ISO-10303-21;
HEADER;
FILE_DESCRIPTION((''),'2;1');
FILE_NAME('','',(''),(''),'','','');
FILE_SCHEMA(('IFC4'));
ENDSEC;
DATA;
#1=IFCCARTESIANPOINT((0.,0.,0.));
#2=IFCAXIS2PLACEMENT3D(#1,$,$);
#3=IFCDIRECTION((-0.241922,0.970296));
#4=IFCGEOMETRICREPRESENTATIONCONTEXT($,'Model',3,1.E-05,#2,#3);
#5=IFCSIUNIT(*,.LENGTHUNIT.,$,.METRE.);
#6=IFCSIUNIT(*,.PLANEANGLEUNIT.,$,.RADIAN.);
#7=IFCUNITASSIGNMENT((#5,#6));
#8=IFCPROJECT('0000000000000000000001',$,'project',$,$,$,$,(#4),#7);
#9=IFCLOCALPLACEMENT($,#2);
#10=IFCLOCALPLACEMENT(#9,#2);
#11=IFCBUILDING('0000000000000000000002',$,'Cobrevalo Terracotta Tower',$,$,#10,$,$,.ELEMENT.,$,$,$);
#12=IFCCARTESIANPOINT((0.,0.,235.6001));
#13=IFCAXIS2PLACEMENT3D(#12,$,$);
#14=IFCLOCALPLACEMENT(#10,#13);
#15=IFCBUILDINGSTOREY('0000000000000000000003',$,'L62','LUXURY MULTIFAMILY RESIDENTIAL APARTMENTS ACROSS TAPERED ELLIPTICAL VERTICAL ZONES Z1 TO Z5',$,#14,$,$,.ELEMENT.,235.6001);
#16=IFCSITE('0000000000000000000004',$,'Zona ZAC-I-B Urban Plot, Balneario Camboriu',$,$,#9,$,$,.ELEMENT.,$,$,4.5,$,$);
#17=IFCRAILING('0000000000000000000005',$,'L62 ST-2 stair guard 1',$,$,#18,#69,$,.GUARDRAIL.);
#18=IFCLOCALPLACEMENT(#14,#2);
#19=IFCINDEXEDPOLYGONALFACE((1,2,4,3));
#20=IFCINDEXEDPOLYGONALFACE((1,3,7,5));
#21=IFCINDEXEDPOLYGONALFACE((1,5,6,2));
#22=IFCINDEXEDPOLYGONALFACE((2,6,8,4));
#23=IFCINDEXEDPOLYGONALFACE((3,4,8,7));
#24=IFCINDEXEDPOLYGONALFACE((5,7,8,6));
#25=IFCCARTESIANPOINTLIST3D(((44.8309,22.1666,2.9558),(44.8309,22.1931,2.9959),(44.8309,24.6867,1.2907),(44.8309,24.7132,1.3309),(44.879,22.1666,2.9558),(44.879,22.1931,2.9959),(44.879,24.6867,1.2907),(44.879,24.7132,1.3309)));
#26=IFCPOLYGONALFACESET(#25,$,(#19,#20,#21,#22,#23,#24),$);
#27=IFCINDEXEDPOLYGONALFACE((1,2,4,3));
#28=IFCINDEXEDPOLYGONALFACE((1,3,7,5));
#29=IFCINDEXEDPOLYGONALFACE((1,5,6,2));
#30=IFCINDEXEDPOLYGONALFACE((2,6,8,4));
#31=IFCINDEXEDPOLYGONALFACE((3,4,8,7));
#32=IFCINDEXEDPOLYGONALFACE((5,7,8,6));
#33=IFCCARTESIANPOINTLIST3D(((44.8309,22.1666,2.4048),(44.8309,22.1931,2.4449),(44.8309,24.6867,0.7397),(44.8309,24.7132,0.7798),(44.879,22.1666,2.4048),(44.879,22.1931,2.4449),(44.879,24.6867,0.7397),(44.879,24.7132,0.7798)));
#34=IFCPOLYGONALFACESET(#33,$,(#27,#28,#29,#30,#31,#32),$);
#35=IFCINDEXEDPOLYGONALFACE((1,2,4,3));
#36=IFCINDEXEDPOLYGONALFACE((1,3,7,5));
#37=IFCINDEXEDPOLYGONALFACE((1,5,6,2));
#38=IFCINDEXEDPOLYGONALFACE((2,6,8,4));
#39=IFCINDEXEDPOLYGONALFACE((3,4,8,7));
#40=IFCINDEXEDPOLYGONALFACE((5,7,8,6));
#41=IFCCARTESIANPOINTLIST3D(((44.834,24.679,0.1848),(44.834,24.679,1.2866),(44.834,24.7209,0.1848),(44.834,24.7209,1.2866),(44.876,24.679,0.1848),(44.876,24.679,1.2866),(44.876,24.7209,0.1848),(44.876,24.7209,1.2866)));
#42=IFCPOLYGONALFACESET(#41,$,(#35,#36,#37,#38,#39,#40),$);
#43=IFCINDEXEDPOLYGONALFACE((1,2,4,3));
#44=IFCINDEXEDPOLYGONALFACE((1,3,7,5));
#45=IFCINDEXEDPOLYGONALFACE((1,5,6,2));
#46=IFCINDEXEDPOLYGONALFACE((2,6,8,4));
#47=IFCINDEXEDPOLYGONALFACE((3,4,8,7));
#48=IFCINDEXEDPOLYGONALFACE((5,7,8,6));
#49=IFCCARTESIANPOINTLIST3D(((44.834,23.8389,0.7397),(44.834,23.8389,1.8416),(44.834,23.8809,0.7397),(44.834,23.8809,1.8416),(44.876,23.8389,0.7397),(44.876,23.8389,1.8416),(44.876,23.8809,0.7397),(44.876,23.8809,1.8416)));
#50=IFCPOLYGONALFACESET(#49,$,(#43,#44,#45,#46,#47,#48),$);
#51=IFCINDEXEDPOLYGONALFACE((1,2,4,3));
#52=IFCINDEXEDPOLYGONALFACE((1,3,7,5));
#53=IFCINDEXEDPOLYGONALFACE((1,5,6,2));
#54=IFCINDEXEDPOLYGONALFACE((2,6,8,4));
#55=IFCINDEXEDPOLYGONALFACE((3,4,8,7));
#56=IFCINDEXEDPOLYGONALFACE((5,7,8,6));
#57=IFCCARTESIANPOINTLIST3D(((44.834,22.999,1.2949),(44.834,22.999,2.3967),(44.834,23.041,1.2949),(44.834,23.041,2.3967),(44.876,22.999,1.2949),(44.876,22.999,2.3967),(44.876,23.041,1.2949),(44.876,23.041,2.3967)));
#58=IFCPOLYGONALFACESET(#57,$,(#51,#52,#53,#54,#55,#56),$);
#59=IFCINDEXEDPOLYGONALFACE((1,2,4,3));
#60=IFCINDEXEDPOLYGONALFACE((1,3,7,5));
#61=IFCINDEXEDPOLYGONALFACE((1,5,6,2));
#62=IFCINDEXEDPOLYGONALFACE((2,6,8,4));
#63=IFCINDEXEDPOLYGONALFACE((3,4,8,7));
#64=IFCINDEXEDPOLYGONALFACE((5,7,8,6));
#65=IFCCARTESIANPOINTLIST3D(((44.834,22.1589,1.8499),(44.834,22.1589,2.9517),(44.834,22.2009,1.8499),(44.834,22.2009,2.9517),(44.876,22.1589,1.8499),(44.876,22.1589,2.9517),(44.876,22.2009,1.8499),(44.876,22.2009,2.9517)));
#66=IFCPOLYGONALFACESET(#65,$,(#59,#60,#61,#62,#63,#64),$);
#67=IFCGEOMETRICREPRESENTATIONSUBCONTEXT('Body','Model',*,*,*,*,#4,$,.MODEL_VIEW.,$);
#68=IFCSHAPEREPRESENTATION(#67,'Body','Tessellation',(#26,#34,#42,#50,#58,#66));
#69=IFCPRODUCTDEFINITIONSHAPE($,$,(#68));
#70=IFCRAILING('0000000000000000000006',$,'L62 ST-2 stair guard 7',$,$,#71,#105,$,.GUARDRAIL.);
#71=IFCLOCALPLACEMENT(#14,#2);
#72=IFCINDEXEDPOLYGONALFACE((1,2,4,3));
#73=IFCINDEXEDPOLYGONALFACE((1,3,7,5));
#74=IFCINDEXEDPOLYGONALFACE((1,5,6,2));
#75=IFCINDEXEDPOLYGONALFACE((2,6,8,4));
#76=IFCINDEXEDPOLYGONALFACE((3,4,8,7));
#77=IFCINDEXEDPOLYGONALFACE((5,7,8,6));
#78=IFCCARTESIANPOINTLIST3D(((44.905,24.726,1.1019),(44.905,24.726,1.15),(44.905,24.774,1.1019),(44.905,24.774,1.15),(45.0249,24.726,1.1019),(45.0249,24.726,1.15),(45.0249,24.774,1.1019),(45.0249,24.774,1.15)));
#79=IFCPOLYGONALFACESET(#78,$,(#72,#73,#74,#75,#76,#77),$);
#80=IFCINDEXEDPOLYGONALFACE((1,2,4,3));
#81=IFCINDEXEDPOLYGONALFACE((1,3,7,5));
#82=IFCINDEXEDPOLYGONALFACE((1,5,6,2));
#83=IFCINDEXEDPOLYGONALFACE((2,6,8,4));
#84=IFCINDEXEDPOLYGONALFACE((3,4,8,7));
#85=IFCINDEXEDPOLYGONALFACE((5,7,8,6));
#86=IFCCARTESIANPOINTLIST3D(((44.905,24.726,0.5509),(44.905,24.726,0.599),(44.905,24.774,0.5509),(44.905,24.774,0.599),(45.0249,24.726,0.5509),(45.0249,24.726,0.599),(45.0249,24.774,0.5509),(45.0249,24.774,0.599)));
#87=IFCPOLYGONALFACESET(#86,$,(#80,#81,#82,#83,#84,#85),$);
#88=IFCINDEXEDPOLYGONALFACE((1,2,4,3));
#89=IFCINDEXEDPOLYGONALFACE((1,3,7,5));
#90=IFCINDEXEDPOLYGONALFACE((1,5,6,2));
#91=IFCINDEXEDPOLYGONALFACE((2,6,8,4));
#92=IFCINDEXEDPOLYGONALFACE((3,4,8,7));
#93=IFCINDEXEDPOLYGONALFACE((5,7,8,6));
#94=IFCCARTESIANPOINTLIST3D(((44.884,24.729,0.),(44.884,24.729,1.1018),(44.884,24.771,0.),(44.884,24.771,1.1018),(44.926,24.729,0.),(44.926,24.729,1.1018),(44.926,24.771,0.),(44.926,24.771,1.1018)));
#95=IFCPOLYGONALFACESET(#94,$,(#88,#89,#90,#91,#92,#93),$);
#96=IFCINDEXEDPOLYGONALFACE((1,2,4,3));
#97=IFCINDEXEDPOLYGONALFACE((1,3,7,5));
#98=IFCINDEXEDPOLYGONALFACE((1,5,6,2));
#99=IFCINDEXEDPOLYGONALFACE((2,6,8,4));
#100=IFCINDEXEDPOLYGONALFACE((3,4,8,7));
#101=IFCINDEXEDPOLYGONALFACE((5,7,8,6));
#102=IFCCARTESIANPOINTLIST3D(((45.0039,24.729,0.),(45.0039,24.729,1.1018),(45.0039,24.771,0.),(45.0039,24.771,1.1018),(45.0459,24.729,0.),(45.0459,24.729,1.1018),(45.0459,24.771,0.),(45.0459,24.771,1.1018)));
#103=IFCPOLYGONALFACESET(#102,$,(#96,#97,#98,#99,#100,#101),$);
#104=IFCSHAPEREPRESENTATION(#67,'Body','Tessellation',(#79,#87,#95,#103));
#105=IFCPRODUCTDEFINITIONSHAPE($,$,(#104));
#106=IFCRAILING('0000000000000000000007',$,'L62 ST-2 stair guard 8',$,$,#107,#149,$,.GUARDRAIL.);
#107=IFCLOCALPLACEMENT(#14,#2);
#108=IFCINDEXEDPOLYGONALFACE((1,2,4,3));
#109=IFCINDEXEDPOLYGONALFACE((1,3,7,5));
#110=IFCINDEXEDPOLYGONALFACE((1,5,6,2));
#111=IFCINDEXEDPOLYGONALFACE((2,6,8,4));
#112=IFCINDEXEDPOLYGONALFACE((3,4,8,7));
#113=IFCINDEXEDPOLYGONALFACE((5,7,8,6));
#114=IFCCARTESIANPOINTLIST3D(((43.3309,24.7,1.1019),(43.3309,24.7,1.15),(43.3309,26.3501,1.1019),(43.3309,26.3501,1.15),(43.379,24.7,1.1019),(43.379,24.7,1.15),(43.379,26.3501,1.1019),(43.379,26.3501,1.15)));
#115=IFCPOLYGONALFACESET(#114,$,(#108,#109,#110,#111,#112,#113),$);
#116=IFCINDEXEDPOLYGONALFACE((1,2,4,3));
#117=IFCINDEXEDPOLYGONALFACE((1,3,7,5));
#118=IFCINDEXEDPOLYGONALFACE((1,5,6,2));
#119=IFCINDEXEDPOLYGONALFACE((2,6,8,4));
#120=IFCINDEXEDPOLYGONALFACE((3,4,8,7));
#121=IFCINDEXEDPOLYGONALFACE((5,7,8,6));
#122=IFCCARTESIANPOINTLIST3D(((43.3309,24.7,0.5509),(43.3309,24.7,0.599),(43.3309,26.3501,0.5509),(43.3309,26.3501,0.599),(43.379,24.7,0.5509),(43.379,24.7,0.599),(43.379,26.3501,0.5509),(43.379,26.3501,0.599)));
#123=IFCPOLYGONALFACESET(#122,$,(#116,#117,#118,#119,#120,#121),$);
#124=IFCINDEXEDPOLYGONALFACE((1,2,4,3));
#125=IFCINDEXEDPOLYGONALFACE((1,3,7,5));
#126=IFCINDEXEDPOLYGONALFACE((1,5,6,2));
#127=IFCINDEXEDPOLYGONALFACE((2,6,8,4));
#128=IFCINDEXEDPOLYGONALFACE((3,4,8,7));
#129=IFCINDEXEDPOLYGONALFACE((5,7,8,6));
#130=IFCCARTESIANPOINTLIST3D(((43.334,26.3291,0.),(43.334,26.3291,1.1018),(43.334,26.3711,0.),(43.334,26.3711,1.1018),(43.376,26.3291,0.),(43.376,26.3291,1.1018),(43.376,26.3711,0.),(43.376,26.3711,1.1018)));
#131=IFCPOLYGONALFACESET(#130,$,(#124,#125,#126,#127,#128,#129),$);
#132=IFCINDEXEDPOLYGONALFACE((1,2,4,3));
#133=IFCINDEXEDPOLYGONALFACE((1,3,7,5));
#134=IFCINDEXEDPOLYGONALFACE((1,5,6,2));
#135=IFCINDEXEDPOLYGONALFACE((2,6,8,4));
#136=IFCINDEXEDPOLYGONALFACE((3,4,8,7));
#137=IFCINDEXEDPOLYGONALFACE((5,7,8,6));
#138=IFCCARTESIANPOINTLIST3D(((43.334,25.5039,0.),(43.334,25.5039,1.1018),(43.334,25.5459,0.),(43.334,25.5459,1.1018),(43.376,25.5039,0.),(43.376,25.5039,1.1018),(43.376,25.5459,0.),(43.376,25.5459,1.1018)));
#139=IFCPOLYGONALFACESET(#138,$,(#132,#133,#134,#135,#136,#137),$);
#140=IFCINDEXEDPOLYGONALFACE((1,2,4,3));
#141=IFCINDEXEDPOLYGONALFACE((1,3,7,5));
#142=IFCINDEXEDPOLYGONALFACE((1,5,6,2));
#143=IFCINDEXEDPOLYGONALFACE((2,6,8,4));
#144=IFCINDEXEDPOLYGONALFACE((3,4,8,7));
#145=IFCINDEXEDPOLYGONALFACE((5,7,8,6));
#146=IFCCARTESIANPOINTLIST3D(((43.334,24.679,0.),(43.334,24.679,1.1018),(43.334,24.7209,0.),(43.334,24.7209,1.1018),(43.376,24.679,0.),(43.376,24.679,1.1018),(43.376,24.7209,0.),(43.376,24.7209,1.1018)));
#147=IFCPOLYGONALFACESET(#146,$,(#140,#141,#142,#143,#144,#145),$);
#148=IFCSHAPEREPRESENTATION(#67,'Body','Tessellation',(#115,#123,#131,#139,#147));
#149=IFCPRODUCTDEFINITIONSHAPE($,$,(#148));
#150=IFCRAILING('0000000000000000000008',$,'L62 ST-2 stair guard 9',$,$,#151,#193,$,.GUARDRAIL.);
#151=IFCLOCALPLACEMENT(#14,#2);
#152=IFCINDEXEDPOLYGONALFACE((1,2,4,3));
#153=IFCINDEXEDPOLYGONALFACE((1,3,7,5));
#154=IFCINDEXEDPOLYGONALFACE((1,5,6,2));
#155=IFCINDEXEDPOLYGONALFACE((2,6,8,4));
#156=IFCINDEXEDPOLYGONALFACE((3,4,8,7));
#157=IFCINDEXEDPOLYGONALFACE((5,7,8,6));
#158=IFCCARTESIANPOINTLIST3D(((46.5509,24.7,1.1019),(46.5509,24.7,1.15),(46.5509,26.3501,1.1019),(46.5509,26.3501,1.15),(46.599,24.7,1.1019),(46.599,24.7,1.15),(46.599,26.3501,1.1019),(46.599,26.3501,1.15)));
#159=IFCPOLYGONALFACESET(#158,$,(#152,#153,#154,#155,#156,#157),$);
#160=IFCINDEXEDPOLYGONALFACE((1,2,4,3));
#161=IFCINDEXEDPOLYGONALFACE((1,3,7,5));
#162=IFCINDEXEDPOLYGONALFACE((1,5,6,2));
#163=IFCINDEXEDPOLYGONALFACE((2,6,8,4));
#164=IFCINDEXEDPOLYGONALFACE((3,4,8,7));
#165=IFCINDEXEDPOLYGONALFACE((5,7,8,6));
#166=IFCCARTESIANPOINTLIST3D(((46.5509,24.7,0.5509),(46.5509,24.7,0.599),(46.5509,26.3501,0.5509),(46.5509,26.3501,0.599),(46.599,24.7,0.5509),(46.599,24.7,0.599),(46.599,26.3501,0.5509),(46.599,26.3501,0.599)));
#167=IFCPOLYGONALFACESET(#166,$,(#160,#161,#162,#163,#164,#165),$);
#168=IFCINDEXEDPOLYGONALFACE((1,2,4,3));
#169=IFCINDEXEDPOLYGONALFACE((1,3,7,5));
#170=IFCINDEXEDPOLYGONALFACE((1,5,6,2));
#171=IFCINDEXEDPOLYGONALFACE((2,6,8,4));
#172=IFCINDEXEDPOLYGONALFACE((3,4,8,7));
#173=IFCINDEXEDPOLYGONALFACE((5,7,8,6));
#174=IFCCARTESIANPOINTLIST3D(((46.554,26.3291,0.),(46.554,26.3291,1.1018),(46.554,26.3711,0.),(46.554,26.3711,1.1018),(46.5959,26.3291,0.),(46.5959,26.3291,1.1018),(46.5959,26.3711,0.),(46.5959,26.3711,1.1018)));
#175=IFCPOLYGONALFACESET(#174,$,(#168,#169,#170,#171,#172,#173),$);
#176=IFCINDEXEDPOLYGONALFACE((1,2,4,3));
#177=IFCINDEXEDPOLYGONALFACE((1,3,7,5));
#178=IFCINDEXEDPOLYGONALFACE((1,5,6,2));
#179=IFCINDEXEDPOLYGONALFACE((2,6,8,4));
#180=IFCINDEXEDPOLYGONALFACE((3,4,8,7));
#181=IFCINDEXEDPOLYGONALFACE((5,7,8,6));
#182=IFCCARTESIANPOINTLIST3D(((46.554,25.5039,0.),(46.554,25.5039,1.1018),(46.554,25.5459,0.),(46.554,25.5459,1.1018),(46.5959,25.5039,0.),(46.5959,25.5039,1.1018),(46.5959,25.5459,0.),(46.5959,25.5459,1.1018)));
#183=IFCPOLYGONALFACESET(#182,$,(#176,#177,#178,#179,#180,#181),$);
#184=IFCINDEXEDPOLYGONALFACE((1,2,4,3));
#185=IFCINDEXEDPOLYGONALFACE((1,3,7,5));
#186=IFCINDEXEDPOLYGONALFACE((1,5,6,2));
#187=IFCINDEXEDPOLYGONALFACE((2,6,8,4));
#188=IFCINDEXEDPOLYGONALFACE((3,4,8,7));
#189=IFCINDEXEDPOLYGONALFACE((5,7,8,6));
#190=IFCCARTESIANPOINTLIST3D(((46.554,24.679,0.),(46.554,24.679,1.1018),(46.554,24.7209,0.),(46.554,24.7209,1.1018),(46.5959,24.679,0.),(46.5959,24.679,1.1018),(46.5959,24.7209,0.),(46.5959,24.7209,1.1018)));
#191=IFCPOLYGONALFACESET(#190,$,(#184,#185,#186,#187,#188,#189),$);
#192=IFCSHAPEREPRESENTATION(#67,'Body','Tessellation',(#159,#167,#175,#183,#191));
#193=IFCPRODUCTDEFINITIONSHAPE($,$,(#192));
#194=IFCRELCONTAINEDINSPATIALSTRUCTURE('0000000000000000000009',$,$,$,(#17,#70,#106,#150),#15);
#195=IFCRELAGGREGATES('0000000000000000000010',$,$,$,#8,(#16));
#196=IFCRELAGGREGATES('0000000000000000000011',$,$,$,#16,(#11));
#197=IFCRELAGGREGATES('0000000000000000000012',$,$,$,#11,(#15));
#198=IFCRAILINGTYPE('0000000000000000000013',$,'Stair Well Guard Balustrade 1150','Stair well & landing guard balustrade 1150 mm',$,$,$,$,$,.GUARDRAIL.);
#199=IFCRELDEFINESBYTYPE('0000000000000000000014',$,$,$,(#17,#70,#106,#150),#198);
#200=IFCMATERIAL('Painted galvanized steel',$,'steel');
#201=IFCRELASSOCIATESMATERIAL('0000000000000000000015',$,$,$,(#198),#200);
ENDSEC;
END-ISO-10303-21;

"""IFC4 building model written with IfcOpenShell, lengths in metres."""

from ifc_helpers import new_model, si_unit, direction, frame, origin, origin_2d, place, context, subcontext, project, spatial, rectangle, extrude, material, type_object, element, save


model = new_model("IFC4")

# Units and contexts
model_context = context("Model", 3, precision=1e-05, world=origin(), true_north=direction((-0.241922, 0.970296)))
body_context = subcontext(model_context, "Body", "Model", "MODEL_VIEW")
ifc_project = project(units=[si_unit("LENGTHUNIT", "METRE"), si_unit("PLANEANGLEUNIT", "RADIAN")], contexts=[model_context])

# Site, building, storey
site_placement = place(None, origin())
site = spatial("IfcSite", under=ifc_project, at=site_placement, Name="Zona ZAC-I-B Urban Plot, Balneario Camboriu", CompositionType="ELEMENT", RefElevation=4.5)
building_placement = place(site_placement, origin())
building = spatial("IfcBuilding", under=site, at=building_placement, Name="Cobrevalo Terracotta Tower", CompositionType="ELEMENT")
storey_placement = place(building_placement, frame((0.0, 0.0, 235.6001)))
storey = spatial("IfcBuildingStorey", under=building, at=storey_placement, Name="L62", Description="LUXURY MULTIFAMILY RESIDENTIAL APARTMENTS ACROSS TAPERED ELLIPTICAL VERTICAL ZONES Z1 TO Z5", CompositionType="ELEMENT", Elevation=235.6001)

# Railings
ifc_material_1 = material(Name="Painted galvanized steel", Category="steel")
railing_type = type_object("IfcRailingType", Name="Stair Well Guard Balustrade 1150", Description="Stair well & landing guard balustrade 1150 mm", PredefinedType="GUARDRAIL", material=ifc_material_1)
railing_1_placement = place(storey_placement, frame((44.855, 24.7, 0.1848)))
element("IfcRailing", 1, at=railing_1_placement, inside=storey, type_object=railing_type, Name="L62 ST-2 stair guard 1", PredefinedType="GUARDRAIL", context=body_context, shape_type="SweptSolid", body=[
    extrude(rectangle(XDim=0.0481, YDim=0.0481, at=origin_2d()), frame((0.0, 0.0, 1.126), z_axis=(0.0, -0.834331, 0.551263), x_axis=(1.0, 0.0, 0.0)), (0.0, 0.0, 1.0), 3.0205),
    extrude(rectangle(XDim=0.0481, YDim=0.0481, at=origin_2d()), frame((0.0, 0.0, 0.575), z_axis=(0.0, -0.834331, 0.551263), x_axis=(1.0, 0.0, 0.0)), (0.0, 0.0, 1.0), 3.0205),
    extrude(rectangle(XDim=0.042, YDim=0.042, at=origin_2d()), origin(), (0.0, 0.0, 1.0), 1.1018),
    extrude(rectangle(XDim=0.042, YDim=0.042, at=origin_2d()), frame((0.0, -0.8401, 0.5549)), (0.0, 0.0, 1.0), 1.1018),
    extrude(rectangle(XDim=0.042, YDim=0.042, at=origin_2d()), frame((0.0, -1.6799, 1.1101)), (0.0, 0.0, 1.0), 1.1018),
    extrude(rectangle(XDim=0.042, YDim=0.042, at=origin_2d()), frame((0.0, -2.52, 1.665)), (0.0, 0.0, 1.0), 1.1018),
])
railing_2_placement = place(storey_placement, frame((44.905, 24.75, 0.0)))
element("IfcRailing", 2, at=railing_2_placement, inside=storey, type_object=railing_type, Name="L62 ST-2 stair guard 7", PredefinedType="GUARDRAIL", context=body_context, shape_type="SweptSolid", body=[
    extrude(rectangle(XDim=0.0481, YDim=0.0481, at=origin_2d()), frame((0.0, 0.0, 1.126), z_axis=(1.0, 0.0, 0.0), x_axis=(0.0, 1.0, 0.0)), (0.0, 0.0, 1.0), 0.1199),
    extrude(rectangle(XDim=0.0481, YDim=0.0481, at=origin_2d()), frame((0.0, 0.0, 0.575), z_axis=(1.0, 0.0, 0.0), x_axis=(0.0, 1.0, 0.0)), (0.0, 0.0, 1.0), 0.1199),
    extrude(rectangle(XDim=0.042, YDim=0.042, at=origin_2d()), origin(), (0.0, 0.0, 1.0), 1.1018),
    extrude(rectangle(XDim=0.042, YDim=0.042, at=origin_2d()), frame((0.1199, 0.0, 0.0)), (0.0, 0.0, 1.0), 1.1018),
])
for number, where, name in (
    (3, (43.355, 26.3501, 0.0), "L62 ST-2 stair guard 8"),
    (4, (46.575, 26.3501, 0.0), "L62 ST-2 stair guard 9"),
):
    element("IfcRailing", number, at=place(storey_placement, frame(where)), inside=storey, type_object=railing_type, Name=name, PredefinedType="GUARDRAIL", context=body_context, shape_type="SweptSolid", body=[
        extrude(rectangle(XDim=0.0481, YDim=0.0481, at=origin_2d()), frame((0.0, 0.0, 1.126), z_axis=(0.0, -1.0, 0.0), x_axis=(1.0, 0.0, 0.0)), (0.0, 0.0, 1.0), 1.6501),
        extrude(rectangle(XDim=0.0481, YDim=0.0481, at=origin_2d()), frame((0.0, 0.0, 0.575), z_axis=(0.0, -1.0, 0.0), x_axis=(1.0, 0.0, 0.0)), (0.0, 0.0, 1.0), 1.6501),
        extrude(rectangle(XDim=0.042, YDim=0.042, at=origin_2d()), origin(), (0.0, 0.0, 1.0), 1.1018),
        extrude(rectangle(XDim=0.042, YDim=0.042, at=origin_2d()), frame((0.0, -0.8252, 0.0)), (0.0, 0.0, 1.0), 1.1018),
        extrude(rectangle(XDim=0.042, YDim=0.042, at=origin_2d()), frame((0.0, -1.6501, 0.0)), (0.0, 0.0, 1.0), 1.1018),
    ])

save(model, "model.ifc")
